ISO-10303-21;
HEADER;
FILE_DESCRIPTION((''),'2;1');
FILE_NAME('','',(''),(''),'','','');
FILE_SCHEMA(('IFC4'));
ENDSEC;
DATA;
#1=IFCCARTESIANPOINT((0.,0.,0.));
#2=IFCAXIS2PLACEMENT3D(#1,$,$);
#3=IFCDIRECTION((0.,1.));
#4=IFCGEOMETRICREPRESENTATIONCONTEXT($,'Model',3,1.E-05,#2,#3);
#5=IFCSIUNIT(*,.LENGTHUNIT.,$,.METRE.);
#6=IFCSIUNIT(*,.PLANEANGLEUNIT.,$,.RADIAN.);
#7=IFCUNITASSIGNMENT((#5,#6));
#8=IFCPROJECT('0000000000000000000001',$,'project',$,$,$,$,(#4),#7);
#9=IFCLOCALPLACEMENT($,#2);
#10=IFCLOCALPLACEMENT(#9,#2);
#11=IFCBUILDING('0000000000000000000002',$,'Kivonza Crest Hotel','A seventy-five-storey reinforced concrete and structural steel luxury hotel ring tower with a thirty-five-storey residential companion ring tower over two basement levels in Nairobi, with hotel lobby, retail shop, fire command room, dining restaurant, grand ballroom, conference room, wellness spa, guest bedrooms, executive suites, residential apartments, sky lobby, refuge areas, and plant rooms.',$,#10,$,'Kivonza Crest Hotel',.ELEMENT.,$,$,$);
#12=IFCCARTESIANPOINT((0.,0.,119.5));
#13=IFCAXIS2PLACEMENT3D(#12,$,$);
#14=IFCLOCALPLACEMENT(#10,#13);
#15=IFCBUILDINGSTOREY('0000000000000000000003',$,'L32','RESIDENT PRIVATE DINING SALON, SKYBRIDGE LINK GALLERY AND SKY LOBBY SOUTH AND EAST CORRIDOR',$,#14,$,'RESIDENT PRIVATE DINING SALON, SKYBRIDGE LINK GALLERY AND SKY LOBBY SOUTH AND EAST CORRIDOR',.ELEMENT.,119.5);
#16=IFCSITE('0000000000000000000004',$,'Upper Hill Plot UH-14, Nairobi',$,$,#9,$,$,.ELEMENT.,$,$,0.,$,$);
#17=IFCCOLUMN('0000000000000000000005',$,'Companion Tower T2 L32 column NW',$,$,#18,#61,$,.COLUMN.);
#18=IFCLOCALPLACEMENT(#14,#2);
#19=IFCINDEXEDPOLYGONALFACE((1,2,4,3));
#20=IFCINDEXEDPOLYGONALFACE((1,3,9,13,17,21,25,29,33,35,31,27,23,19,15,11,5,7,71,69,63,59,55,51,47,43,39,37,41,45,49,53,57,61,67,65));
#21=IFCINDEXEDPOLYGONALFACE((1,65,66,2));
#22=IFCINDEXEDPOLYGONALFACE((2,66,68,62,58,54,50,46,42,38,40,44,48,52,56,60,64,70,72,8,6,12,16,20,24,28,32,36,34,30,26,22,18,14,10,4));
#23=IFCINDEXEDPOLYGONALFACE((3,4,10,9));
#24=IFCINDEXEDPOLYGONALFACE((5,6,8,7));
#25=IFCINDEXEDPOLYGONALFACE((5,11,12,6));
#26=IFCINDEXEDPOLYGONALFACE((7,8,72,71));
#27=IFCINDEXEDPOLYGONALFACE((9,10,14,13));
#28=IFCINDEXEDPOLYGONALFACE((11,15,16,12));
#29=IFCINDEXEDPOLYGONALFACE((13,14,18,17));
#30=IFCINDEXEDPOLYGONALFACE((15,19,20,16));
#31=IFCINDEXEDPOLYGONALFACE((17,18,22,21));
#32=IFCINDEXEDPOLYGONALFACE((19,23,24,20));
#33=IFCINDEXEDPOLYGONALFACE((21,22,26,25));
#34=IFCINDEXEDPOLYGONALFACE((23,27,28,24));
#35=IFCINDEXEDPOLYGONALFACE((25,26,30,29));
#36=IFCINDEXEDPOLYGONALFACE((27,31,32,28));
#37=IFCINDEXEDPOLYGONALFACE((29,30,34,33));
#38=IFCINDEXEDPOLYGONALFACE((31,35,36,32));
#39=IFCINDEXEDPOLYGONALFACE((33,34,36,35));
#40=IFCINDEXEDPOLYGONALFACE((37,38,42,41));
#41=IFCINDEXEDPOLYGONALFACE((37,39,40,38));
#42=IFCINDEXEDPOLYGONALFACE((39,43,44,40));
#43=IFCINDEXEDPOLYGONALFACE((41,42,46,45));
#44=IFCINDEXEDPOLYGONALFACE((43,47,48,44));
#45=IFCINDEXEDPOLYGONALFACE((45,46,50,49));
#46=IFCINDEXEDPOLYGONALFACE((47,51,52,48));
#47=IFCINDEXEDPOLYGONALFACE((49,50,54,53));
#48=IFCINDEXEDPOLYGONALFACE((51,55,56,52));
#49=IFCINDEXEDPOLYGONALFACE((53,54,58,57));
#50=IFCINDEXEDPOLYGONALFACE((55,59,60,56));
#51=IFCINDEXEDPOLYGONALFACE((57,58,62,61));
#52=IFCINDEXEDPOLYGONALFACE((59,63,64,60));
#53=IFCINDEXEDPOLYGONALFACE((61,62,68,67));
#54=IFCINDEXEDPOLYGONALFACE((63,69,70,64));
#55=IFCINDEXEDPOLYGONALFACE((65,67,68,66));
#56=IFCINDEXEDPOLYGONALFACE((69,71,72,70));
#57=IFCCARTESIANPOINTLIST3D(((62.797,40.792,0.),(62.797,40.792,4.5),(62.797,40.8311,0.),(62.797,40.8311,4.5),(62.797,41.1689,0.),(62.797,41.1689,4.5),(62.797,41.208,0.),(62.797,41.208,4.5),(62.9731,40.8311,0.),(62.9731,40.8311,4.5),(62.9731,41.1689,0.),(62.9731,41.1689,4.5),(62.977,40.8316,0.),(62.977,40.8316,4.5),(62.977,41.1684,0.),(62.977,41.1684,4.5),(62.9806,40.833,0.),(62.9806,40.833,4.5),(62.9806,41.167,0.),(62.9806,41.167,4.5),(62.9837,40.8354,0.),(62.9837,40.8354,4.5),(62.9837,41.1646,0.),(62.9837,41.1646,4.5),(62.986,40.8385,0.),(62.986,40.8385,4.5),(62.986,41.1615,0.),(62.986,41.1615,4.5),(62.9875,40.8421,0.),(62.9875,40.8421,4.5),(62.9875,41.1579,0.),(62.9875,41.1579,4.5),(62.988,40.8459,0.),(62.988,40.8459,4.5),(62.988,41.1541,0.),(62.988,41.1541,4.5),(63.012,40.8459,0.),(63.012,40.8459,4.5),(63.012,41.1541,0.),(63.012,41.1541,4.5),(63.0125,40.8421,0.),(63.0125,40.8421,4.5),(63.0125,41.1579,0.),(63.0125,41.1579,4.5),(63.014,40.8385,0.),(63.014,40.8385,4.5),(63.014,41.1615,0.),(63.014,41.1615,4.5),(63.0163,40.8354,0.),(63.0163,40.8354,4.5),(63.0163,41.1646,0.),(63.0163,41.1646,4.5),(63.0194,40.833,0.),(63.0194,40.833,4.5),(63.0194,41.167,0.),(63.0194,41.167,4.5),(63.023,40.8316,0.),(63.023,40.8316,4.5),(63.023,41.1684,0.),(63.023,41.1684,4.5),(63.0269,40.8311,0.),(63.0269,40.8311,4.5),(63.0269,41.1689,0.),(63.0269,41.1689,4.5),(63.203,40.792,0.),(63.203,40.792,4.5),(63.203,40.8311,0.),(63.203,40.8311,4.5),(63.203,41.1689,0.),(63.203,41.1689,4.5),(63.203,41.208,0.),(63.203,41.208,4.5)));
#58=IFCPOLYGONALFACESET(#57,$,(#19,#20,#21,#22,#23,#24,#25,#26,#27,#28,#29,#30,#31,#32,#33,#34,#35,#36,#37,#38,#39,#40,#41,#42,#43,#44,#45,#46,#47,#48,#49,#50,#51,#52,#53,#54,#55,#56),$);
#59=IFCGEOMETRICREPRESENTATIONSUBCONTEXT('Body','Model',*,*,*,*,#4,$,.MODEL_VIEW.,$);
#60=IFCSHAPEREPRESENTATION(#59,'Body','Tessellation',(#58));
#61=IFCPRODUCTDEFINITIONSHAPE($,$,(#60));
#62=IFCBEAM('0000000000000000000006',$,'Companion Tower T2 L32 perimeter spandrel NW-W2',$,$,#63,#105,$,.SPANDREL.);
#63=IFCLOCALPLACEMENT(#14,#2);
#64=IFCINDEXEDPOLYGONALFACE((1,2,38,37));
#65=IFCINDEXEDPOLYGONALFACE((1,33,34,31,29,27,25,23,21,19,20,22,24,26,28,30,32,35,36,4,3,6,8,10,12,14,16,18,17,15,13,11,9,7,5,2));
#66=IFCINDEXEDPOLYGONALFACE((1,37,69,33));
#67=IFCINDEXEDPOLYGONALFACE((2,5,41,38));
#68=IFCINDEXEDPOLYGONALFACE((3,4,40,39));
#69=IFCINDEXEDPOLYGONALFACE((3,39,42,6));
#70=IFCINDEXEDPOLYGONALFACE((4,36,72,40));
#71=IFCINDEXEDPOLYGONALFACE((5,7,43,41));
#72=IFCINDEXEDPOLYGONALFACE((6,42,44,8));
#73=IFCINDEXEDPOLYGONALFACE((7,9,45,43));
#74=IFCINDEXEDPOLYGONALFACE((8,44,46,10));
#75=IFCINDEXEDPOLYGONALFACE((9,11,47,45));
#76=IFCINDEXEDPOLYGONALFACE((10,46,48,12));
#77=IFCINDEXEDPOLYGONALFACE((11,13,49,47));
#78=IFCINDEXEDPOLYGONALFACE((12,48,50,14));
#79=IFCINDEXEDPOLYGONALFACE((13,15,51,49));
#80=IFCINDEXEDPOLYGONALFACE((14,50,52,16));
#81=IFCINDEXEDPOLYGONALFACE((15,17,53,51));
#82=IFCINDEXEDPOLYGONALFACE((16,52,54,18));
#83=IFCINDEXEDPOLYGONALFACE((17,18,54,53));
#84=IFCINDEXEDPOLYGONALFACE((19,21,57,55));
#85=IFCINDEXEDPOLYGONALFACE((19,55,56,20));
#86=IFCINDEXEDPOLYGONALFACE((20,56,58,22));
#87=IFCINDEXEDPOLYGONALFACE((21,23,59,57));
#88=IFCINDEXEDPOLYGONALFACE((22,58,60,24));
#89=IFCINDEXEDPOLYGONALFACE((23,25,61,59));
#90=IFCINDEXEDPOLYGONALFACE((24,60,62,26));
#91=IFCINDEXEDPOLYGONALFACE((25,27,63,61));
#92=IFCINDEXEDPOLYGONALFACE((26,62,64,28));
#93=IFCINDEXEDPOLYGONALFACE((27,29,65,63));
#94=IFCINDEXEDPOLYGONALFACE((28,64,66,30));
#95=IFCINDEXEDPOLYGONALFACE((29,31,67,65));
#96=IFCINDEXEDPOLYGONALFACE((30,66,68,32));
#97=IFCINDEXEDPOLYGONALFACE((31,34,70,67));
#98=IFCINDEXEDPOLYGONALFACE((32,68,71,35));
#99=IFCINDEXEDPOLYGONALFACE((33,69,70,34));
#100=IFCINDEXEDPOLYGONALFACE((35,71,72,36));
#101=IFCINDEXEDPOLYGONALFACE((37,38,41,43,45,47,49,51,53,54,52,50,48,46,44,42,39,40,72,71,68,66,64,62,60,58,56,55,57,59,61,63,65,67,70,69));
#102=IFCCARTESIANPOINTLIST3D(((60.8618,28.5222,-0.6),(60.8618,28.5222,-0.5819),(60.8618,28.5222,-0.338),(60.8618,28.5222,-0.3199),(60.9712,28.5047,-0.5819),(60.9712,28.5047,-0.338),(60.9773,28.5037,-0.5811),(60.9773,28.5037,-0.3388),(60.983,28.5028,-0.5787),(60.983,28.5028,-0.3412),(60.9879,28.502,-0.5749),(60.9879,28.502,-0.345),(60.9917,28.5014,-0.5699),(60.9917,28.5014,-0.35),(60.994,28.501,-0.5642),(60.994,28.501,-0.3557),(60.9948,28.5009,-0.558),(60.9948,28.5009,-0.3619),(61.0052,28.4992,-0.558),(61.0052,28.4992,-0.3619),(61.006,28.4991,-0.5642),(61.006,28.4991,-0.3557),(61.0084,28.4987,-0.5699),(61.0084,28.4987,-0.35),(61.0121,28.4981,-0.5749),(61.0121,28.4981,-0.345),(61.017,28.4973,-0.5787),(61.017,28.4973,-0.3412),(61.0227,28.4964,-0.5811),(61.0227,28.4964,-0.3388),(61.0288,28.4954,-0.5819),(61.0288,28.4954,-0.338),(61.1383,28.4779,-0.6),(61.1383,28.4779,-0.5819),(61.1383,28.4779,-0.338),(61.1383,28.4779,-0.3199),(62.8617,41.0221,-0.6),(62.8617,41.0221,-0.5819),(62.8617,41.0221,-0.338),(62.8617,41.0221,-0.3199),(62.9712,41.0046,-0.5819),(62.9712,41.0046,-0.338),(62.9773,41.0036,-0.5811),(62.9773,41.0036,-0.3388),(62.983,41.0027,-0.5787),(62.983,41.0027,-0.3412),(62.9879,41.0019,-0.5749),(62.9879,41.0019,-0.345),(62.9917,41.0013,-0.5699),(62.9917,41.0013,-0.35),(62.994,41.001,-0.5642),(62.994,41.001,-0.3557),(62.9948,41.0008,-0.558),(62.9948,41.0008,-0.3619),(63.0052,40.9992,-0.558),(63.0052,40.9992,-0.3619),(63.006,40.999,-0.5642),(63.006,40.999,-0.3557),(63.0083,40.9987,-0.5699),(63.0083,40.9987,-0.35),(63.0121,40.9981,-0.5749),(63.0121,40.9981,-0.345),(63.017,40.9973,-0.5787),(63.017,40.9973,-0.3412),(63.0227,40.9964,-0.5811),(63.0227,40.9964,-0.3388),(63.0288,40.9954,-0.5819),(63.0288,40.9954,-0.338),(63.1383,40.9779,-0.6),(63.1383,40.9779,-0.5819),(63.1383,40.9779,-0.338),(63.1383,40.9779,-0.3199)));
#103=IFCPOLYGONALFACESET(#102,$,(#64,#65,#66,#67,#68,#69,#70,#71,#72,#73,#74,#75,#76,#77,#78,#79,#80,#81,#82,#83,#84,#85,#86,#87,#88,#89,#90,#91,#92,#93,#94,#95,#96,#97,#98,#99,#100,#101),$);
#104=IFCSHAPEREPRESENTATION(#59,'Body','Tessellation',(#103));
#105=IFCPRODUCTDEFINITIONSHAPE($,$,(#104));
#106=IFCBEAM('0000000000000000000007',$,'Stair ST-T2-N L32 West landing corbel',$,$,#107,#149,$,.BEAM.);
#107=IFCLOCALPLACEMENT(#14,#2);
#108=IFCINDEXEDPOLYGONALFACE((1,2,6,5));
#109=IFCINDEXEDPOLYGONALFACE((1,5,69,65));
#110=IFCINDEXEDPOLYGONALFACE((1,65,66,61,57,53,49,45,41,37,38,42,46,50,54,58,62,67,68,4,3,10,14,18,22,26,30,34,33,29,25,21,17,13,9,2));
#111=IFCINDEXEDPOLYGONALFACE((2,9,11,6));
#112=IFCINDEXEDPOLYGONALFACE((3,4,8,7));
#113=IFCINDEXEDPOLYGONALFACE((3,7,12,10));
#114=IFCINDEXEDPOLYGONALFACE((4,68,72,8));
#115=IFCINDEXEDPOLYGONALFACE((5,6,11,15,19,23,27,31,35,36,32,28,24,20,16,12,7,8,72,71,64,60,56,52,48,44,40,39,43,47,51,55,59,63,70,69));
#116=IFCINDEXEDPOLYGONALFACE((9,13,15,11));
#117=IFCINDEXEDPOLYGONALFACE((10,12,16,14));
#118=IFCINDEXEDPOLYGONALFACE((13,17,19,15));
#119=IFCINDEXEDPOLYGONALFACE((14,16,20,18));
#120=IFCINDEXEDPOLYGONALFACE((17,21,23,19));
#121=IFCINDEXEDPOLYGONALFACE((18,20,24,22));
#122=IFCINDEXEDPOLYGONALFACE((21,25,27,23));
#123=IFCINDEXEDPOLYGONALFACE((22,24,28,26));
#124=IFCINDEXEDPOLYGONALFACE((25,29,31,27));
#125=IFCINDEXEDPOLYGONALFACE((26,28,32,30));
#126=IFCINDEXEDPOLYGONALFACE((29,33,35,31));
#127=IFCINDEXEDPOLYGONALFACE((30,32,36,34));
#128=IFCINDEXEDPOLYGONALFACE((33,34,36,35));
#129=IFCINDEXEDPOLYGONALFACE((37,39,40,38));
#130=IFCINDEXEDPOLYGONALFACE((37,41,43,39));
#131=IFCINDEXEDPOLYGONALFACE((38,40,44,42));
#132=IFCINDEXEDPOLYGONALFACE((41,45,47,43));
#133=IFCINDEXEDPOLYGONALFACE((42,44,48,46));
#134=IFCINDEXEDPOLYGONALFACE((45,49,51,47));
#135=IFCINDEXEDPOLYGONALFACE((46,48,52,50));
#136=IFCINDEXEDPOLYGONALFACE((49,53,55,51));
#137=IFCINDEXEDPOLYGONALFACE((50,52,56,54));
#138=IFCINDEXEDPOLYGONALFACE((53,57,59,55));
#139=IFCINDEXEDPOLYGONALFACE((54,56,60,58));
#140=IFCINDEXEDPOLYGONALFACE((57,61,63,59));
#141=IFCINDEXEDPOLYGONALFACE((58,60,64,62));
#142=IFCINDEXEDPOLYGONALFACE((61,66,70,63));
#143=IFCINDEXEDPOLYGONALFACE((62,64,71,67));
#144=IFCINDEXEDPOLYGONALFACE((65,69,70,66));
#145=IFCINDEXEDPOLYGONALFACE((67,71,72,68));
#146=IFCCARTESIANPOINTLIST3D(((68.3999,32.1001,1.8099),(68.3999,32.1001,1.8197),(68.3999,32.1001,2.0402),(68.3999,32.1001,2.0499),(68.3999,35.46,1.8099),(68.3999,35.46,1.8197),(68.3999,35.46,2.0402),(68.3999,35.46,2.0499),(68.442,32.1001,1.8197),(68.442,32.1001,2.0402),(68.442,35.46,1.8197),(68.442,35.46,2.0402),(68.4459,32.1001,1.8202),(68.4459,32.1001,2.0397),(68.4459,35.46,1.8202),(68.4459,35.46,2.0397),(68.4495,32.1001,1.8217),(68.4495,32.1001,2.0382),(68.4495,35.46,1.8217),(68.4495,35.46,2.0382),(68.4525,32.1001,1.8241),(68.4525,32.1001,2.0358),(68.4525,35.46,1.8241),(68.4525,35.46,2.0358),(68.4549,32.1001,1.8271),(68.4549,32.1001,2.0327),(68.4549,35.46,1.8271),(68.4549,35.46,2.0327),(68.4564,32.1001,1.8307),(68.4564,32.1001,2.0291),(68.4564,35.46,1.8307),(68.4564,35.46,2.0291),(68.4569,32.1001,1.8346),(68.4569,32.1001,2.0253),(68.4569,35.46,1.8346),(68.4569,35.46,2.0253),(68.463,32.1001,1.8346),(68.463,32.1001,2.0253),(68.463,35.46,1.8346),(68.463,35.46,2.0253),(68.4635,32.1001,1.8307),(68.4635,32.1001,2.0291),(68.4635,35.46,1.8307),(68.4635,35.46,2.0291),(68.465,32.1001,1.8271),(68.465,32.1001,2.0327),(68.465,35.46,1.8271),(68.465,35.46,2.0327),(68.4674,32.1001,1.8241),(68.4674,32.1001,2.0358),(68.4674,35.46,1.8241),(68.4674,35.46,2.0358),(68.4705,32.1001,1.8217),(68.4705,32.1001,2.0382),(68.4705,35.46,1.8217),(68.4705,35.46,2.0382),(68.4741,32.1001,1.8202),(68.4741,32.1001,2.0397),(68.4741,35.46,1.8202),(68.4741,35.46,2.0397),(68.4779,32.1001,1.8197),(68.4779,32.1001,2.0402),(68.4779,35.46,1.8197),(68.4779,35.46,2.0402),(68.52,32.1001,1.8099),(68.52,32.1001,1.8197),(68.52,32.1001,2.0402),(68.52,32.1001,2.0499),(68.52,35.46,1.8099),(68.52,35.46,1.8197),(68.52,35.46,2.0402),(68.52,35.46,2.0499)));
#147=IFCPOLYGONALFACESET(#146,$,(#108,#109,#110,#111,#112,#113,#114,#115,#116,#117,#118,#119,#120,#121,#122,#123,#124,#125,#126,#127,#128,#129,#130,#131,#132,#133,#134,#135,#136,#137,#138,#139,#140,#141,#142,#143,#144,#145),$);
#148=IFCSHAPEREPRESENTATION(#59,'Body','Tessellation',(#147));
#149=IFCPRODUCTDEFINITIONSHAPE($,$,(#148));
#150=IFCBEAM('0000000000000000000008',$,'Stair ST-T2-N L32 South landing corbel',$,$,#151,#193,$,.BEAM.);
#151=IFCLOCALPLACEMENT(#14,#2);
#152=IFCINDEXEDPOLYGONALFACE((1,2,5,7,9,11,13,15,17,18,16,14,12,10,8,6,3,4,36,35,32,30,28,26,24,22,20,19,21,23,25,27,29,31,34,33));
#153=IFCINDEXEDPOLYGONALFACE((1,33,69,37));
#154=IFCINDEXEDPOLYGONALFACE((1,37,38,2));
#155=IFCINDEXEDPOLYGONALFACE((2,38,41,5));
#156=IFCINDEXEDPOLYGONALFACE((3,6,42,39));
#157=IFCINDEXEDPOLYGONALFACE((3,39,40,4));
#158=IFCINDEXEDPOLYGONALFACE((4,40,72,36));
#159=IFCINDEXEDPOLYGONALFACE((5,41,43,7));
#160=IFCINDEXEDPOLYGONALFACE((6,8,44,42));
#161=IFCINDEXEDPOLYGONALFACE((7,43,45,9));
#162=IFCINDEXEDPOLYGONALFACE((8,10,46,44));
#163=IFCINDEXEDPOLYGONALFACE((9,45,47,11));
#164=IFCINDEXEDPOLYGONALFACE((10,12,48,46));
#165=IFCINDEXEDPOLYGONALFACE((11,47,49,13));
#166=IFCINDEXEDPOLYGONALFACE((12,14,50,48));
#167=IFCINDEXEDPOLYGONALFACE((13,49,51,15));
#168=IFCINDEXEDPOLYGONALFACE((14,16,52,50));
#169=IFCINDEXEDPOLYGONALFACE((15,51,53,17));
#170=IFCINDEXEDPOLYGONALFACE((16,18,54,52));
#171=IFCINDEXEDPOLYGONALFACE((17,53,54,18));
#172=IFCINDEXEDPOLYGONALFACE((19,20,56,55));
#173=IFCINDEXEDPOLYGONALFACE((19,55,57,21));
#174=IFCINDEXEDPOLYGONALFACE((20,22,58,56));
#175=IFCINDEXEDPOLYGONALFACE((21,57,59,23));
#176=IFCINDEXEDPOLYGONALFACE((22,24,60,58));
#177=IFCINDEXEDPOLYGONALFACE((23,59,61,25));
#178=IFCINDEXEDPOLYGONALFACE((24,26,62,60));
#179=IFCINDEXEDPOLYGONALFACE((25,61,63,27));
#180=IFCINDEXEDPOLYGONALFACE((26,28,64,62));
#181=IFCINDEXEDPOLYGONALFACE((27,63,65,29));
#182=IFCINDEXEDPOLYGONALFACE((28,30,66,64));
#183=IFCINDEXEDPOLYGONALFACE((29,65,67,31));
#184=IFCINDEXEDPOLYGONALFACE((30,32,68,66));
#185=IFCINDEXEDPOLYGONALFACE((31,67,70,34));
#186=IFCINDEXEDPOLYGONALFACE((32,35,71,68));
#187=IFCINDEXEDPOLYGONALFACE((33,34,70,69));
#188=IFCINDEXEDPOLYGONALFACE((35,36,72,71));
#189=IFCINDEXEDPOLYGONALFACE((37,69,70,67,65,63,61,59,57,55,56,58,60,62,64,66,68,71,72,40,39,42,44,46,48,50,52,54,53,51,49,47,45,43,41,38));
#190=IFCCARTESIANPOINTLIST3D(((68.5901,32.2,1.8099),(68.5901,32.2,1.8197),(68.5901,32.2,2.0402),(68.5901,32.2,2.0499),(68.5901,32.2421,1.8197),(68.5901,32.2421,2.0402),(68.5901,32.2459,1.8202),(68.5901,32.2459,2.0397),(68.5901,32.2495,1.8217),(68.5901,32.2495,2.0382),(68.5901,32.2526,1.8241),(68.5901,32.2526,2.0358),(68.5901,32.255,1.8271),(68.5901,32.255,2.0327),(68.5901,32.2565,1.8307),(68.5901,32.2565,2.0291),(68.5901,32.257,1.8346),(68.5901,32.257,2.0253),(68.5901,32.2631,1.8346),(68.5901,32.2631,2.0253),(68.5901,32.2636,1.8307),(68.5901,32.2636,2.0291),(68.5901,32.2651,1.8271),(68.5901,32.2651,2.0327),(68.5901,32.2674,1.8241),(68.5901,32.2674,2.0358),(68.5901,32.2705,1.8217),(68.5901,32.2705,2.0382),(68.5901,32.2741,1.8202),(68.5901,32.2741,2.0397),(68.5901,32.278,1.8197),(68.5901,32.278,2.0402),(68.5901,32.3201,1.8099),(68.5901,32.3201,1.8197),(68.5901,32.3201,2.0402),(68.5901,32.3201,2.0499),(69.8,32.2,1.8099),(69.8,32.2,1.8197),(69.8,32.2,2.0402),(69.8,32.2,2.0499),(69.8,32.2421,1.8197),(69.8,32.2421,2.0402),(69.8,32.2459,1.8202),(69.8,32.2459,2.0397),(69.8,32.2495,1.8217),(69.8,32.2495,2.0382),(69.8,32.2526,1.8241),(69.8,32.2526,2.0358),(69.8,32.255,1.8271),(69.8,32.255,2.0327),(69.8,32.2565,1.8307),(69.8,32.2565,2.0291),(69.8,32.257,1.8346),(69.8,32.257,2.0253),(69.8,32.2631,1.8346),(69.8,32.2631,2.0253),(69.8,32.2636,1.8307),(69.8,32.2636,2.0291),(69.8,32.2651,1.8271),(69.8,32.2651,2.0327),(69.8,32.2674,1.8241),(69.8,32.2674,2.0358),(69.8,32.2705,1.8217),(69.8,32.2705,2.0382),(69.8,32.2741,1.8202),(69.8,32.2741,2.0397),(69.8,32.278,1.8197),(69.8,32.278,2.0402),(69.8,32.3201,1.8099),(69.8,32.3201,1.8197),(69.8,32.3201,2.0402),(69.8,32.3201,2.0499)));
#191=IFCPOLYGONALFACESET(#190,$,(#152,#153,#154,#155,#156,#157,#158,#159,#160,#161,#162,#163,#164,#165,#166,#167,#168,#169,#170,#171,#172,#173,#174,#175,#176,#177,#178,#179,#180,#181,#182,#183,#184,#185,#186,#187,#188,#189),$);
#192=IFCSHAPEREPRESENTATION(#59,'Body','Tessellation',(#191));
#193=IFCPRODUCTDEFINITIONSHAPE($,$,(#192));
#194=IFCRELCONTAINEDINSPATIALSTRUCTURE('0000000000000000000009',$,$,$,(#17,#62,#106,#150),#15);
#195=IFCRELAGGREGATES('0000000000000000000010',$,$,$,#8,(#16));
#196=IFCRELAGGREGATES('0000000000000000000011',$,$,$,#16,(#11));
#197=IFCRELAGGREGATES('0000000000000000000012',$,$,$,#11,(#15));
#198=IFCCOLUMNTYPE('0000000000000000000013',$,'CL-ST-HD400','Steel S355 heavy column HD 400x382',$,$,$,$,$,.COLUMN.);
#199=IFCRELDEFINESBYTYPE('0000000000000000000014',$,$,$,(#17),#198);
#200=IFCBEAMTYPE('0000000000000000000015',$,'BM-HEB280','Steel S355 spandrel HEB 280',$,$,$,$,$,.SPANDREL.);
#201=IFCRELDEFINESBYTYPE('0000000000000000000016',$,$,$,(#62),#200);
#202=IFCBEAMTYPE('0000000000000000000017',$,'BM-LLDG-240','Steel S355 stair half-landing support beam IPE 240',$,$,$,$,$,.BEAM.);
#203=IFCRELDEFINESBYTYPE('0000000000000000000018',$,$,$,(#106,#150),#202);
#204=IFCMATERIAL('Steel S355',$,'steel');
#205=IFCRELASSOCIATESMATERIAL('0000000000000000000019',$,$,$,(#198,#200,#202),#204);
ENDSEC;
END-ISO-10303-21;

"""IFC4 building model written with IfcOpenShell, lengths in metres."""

from ifc_helpers import new_model, si_unit, direction, frame, origin, origin_2d, place, context, subcontext, project, spatial, i_section, extrude, material, material_profile, profile_set, type_object, element, save


model = new_model("IFC4")

# Units and contexts
model_context = context("Model", 3, precision=1e-05, world=origin(), true_north=direction((0.0, 1.0)))
body_context = subcontext(model_context, "Body", "Model", "MODEL_VIEW")
ifc_project = project(units=[si_unit("LENGTHUNIT", "METRE"), si_unit("PLANEANGLEUNIT", "RADIAN")], contexts=[model_context])

# Site, building, storey
site_placement = place(None, origin())
site = spatial("IfcSite", under=ifc_project, at=site_placement, Name="Upper Hill Plot UH-14, Nairobi", CompositionType="ELEMENT", RefElevation=0.0)
building_placement = place(site_placement, origin())
building = spatial("IfcBuilding", under=site, at=building_placement, Name="Kivonza Crest Hotel", Description="A seventy-five-storey reinforced concrete and structural steel luxury hotel ring tower with a thirty-five-storey residential companion ring tower over two basement levels in Nairobi, with hotel lobby, retail shop, fire command room, dining restaurant, grand ballroom, conference room, wellness spa, guest bedrooms, executive suites, residential apartments, sky lobby, refuge areas, and plant rooms.", LongName="Kivonza Crest Hotel", CompositionType="ELEMENT")
storey_placement = place(building_placement, frame((0.0, 0.0, 119.5)))
storey = spatial("IfcBuildingStorey", under=building, at=storey_placement, Name="L32", Description="RESIDENT PRIVATE DINING SALON, SKYBRIDGE LINK GALLERY AND SKY LOBBY SOUTH AND EAST CORRIDOR", LongName="RESIDENT PRIVATE DINING SALON, SKYBRIDGE LINK GALLERY AND SKY LOBBY SOUTH AND EAST CORRIDOR", CompositionType="ELEMENT", Elevation=119.5)

# Column
ifc_material_1 = material(Name="Steel S355", Category="steel")
ifc_material_profile_1 = material_profile(ifc_material_1, i_section(OverallWidth=0.406, OverallDepth=0.416, WebThickness=0.0239, FlangeThickness=0.0391, FilletRadius=0.0149, at=origin_2d()), Name="HD 400x382")
ifc_profile_set_1 = profile_set([ifc_material_profile_1], Name="Steel S355")
column_type = type_object("IfcColumnType", Name="CL-ST-HD400", Description="Steel S355 heavy column HD 400x382", PredefinedType="COLUMN", material=ifc_profile_set_1)
column_placement = place(storey_placement, frame((63.0, 41.0, 0.0), z_axis=(0.0, 0.0, 1.0), x_axis=(1.0, 0.0, 0.0)))
element("IfcColumn", 1, at=column_placement, inside=storey, type_object=column_type, Name="Companion Tower T2 L32 column NW", PredefinedType="COLUMN", context=body_context, shape_type="SweptSolid", body=[
    extrude(i_section(OverallWidth=0.406, OverallDepth=0.416, WebThickness=0.0239, FlangeThickness=0.0391, FilletRadius=0.0149, at=origin_2d()), origin(), (0.0, 0.0, 1.0), 4.5),
])

# Beams
ifc_material_profile_2 = material_profile(ifc_material_1, i_section(OverallWidth=0.28, OverallDepth=0.28, WebThickness=0.0105, FlangeThickness=0.0181, FilletRadius=0.0239, at=origin_2d()), Name="HEB 280")
ifc_profile_set_2 = profile_set([ifc_material_profile_2], Name="Steel S355")
beam_type_1 = type_object("IfcBeamType", Name="BM-HEB280", Description="Steel S355 spandrel HEB 280", PredefinedType="SPANDREL", material=ifc_profile_set_2)
beam_1_placement = place(storey_placement, frame((63.0, 41.0, -0.46), z_axis=(-0.157991, -0.987441, 0.0), x_axis=(0.987441, -0.157991, 0.0)))
element("IfcBeam", 2, at=beam_1_placement, inside=storey, type_object=beam_type_1, Name="Companion Tower T2 L32 perimeter spandrel NW-W2", PredefinedType="SPANDREL", context=body_context, shape_type="SweptSolid", body=[
    extrude(i_section(OverallWidth=0.28, OverallDepth=0.28, WebThickness=0.0105, FlangeThickness=0.0181, FilletRadius=0.0239, at=origin_2d()), origin(), (0.0, 0.0, 1.0), 12.6589),
])
ifc_material_profile_3 = material_profile(ifc_material_1, i_section(OverallWidth=0.1201, OverallDepth=0.24, WebThickness=0.0061, FlangeThickness=0.0098, FilletRadius=0.0149, at=origin_2d()), Name="IPE 240")
ifc_profile_set_3 = profile_set([ifc_material_profile_3], Name="Steel S355")
beam_type_2 = type_object("IfcBeamType", Name="BM-LLDG-240", Description="Steel S355 stair half-landing support beam IPE 240", PredefinedType="BEAM", material=ifc_profile_set_3)
beam_2_placement = place(storey_placement, frame((68.46, 32.1001, 1.9299), z_axis=(0.0, 1.0, 0.0), x_axis=(-1.0, 0.0, 0.0)))
element("IfcBeam", 3, at=beam_2_placement, inside=storey, type_object=beam_type_2, Name="Stair ST-T2-N L32 West landing corbel", PredefinedType="BEAM", context=body_context, shape_type="SweptSolid", body=[
    extrude(i_section(OverallWidth=0.1201, OverallDepth=0.24, WebThickness=0.0061, FlangeThickness=0.0098, FilletRadius=0.0149, at=origin_2d()), origin(), (0.0, 0.0, 1.0), 3.3599),
])
for number, where, z_axis, x_axis, name in (
    (4, (68.5901, 32.26, 1.9299), (1.0, 0.0, 0.0), (0.0, 1.0, 0.0), "Stair ST-T2-N L32 South landing corbel"),
):
    element("IfcBeam", number, at=place(storey_placement, frame(where, z_axis=z_axis, x_axis=x_axis)), inside=storey, type_object=beam_type_2, Name=name, PredefinedType="BEAM", context=body_context, shape_type="SweptSolid", body=[
        extrude(i_section(OverallWidth=0.1201, OverallDepth=0.24, WebThickness=0.0061, FlangeThickness=0.0098, FilletRadius=0.0149, at=origin_2d()), origin(), (0.0, 0.0, 1.0), 1.21),
    ])

save(model, "model.ifc")
